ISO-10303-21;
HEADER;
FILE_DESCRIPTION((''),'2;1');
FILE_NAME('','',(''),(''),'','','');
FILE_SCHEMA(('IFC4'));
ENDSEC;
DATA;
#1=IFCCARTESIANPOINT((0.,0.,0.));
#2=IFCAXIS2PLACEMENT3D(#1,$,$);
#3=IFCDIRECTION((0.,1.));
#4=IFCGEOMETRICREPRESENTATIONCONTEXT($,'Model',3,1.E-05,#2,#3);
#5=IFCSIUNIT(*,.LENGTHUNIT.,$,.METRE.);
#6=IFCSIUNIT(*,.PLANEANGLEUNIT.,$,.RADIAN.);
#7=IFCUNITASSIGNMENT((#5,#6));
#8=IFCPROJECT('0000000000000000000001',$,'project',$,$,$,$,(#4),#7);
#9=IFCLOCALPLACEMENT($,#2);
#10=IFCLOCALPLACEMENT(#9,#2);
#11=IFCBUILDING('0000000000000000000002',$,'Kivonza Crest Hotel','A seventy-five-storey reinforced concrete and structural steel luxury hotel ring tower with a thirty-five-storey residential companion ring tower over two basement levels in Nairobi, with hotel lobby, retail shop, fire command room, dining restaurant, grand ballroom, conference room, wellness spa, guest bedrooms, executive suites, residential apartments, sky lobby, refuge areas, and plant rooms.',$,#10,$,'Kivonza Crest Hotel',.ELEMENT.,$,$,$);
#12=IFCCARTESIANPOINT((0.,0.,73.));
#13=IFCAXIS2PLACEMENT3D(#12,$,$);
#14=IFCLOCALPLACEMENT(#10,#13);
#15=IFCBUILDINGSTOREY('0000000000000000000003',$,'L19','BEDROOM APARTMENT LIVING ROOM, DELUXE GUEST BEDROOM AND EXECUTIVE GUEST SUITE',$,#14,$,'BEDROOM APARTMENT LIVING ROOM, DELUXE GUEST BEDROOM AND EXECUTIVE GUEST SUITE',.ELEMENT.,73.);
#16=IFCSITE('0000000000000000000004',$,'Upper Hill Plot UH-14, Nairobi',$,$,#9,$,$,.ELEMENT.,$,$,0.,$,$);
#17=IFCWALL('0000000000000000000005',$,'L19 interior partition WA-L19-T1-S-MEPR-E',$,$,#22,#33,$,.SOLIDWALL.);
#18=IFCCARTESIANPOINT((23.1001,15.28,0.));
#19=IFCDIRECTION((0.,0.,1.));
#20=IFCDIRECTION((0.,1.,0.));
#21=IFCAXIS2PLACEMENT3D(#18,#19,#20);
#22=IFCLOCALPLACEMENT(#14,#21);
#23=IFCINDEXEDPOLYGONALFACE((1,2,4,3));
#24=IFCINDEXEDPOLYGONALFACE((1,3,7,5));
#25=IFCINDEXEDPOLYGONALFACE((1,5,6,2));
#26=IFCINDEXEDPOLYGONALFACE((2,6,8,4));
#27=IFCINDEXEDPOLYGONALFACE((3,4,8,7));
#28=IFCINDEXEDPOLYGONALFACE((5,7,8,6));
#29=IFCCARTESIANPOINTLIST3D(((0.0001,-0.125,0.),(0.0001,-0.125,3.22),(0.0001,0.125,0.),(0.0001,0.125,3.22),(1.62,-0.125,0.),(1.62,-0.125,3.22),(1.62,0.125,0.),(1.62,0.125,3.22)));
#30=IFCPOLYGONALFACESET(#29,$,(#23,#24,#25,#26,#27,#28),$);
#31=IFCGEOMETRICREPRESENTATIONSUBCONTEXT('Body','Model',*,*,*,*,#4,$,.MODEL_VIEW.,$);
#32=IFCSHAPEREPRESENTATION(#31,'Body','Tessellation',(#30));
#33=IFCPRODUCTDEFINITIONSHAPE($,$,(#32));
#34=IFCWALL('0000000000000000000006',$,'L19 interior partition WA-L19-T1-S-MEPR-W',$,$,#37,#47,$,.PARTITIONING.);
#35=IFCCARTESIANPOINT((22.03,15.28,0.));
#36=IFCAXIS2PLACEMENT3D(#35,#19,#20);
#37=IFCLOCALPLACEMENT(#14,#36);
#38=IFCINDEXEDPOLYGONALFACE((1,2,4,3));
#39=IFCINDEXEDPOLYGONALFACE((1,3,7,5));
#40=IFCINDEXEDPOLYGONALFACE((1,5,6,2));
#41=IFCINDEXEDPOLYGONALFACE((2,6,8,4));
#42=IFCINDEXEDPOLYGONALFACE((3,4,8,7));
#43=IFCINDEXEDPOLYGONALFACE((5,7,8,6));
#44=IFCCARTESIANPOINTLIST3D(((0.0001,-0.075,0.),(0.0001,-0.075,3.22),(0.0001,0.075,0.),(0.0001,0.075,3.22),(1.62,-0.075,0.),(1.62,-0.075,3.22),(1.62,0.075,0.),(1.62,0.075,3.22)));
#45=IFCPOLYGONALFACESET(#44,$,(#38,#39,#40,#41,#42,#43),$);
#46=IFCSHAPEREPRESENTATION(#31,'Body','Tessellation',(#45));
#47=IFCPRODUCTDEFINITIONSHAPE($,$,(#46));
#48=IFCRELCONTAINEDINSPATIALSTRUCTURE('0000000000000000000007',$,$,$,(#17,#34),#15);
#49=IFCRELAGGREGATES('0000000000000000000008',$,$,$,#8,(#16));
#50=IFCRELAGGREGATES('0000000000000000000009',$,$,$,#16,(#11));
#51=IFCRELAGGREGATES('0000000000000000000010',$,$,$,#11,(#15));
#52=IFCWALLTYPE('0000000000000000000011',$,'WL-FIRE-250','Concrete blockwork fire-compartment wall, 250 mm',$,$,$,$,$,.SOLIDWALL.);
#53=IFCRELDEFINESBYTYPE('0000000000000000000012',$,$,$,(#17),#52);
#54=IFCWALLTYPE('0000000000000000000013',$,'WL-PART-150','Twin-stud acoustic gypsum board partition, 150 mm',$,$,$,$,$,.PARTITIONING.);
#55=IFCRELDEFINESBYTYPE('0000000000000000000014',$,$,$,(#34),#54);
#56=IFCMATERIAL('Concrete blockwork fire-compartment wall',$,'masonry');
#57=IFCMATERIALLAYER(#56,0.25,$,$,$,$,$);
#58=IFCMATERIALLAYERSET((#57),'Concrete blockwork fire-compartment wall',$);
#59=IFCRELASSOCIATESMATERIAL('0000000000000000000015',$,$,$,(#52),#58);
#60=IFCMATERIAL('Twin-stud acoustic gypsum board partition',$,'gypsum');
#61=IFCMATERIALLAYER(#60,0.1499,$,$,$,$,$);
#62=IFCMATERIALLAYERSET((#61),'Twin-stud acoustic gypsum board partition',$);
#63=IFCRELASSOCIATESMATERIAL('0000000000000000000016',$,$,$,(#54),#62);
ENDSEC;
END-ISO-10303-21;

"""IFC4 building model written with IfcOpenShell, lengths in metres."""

from ifc_helpers import new_model, si_unit, direction, frame, frame_2d, origin, place, context, subcontext, project, spatial, rectangle, extrude, material, layer, layer_set, type_object, element, save


model = new_model("IFC4")

# Units and contexts
model_context = context("Model", 3, precision=1e-05, world=origin(), true_north=direction((0.0, 1.0)))
body_context = subcontext(model_context, "Body", "Model", "MODEL_VIEW")
ifc_project = project(units=[si_unit("LENGTHUNIT", "METRE"), si_unit("PLANEANGLEUNIT", "RADIAN")], contexts=[model_context])

# Site, building, storey
site_placement = place(None, origin())
site = spatial("IfcSite", under=ifc_project, at=site_placement, Name="Upper Hill Plot UH-14, Nairobi", CompositionType="ELEMENT", RefElevation=0.0)
building_placement = place(site_placement, origin())
building = spatial("IfcBuilding", under=site, at=building_placement, Name="Kivonza Crest Hotel", Description="A seventy-five-storey reinforced concrete and structural steel luxury hotel ring tower with a thirty-five-storey residential companion ring tower over two basement levels in Nairobi, with hotel lobby, retail shop, fire command room, dining restaurant, grand ballroom, conference room, wellness spa, guest bedrooms, executive suites, residential apartments, sky lobby, refuge areas, and plant rooms.", LongName="Kivonza Crest Hotel", CompositionType="ELEMENT")
storey_placement = place(building_placement, frame((0.0, 0.0, 73.0)))
storey = spatial("IfcBuildingStorey", under=building, at=storey_placement, Name="L19", Description="BEDROOM APARTMENT LIVING ROOM, DELUXE GUEST BEDROOM AND EXECUTIVE GUEST SUITE", LongName="BEDROOM APARTMENT LIVING ROOM, DELUXE GUEST BEDROOM AND EXECUTIVE GUEST SUITE", CompositionType="ELEMENT", Elevation=73.0)

# Walls
ifc_material_1 = material(Name="Concrete blockwork fire-compartment wall", Category="masonry")
ifc_layer_1 = layer(ifc_material_1, 0.25)
ifc_layer_set_1 = layer_set([ifc_layer_1], Name="Concrete blockwork fire-compartment wall")
wall_type_1 = type_object("IfcWallType", Name="WL-FIRE-250", Description="Concrete blockwork fire-compartment wall, 250 mm", PredefinedType="SOLIDWALL", material=ifc_layer_set_1)
wall_1_placement = place(storey_placement, frame((23.1001, 15.28, 0.0), z_axis=(0.0, 0.0, 1.0), x_axis=(0.0, 1.0, 0.0)))
element("IfcWall", 1, at=wall_1_placement, inside=storey, type_object=wall_type_1, Name="L19 interior partition WA-L19-T1-S-MEPR-E", PredefinedType="SOLIDWALL", context=body_context, shape_type="SweptSolid", body=[
    extrude(rectangle(XDim=1.6199, YDim=0.25, at=frame_2d((0.8101, 0.0))), origin(), (0.0, 0.0, 1.0), 3.22),
])
ifc_material_2 = material(Name="Twin-stud acoustic gypsum board partition", Category="gypsum")
ifc_layer_2 = layer(ifc_material_2, 0.1499)
ifc_layer_set_2 = layer_set([ifc_layer_2], Name="Twin-stud acoustic gypsum board partition")
wall_type_2 = type_object("IfcWallType", Name="WL-PART-150", Description="Twin-stud acoustic gypsum board partition, 150 mm", PredefinedType="PARTITIONING", material=ifc_layer_set_2)
wall_2_placement = place(storey_placement, frame((22.03, 15.28, 0.0), z_axis=(0.0, 0.0, 1.0), x_axis=(0.0, 1.0, 0.0)))
element("IfcWall", 2, at=wall_2_placement, inside=storey, type_object=wall_type_2, Name="L19 interior partition WA-L19-T1-S-MEPR-W", PredefinedType="PARTITIONING", context=body_context, shape_type="SweptSolid", body=[
    extrude(rectangle(XDim=1.6199, YDim=0.1499, at=frame_2d((0.8101, 0.0))), origin(), (0.0, 0.0, 1.0), 3.22),
])

save(model, "model.ifc")
